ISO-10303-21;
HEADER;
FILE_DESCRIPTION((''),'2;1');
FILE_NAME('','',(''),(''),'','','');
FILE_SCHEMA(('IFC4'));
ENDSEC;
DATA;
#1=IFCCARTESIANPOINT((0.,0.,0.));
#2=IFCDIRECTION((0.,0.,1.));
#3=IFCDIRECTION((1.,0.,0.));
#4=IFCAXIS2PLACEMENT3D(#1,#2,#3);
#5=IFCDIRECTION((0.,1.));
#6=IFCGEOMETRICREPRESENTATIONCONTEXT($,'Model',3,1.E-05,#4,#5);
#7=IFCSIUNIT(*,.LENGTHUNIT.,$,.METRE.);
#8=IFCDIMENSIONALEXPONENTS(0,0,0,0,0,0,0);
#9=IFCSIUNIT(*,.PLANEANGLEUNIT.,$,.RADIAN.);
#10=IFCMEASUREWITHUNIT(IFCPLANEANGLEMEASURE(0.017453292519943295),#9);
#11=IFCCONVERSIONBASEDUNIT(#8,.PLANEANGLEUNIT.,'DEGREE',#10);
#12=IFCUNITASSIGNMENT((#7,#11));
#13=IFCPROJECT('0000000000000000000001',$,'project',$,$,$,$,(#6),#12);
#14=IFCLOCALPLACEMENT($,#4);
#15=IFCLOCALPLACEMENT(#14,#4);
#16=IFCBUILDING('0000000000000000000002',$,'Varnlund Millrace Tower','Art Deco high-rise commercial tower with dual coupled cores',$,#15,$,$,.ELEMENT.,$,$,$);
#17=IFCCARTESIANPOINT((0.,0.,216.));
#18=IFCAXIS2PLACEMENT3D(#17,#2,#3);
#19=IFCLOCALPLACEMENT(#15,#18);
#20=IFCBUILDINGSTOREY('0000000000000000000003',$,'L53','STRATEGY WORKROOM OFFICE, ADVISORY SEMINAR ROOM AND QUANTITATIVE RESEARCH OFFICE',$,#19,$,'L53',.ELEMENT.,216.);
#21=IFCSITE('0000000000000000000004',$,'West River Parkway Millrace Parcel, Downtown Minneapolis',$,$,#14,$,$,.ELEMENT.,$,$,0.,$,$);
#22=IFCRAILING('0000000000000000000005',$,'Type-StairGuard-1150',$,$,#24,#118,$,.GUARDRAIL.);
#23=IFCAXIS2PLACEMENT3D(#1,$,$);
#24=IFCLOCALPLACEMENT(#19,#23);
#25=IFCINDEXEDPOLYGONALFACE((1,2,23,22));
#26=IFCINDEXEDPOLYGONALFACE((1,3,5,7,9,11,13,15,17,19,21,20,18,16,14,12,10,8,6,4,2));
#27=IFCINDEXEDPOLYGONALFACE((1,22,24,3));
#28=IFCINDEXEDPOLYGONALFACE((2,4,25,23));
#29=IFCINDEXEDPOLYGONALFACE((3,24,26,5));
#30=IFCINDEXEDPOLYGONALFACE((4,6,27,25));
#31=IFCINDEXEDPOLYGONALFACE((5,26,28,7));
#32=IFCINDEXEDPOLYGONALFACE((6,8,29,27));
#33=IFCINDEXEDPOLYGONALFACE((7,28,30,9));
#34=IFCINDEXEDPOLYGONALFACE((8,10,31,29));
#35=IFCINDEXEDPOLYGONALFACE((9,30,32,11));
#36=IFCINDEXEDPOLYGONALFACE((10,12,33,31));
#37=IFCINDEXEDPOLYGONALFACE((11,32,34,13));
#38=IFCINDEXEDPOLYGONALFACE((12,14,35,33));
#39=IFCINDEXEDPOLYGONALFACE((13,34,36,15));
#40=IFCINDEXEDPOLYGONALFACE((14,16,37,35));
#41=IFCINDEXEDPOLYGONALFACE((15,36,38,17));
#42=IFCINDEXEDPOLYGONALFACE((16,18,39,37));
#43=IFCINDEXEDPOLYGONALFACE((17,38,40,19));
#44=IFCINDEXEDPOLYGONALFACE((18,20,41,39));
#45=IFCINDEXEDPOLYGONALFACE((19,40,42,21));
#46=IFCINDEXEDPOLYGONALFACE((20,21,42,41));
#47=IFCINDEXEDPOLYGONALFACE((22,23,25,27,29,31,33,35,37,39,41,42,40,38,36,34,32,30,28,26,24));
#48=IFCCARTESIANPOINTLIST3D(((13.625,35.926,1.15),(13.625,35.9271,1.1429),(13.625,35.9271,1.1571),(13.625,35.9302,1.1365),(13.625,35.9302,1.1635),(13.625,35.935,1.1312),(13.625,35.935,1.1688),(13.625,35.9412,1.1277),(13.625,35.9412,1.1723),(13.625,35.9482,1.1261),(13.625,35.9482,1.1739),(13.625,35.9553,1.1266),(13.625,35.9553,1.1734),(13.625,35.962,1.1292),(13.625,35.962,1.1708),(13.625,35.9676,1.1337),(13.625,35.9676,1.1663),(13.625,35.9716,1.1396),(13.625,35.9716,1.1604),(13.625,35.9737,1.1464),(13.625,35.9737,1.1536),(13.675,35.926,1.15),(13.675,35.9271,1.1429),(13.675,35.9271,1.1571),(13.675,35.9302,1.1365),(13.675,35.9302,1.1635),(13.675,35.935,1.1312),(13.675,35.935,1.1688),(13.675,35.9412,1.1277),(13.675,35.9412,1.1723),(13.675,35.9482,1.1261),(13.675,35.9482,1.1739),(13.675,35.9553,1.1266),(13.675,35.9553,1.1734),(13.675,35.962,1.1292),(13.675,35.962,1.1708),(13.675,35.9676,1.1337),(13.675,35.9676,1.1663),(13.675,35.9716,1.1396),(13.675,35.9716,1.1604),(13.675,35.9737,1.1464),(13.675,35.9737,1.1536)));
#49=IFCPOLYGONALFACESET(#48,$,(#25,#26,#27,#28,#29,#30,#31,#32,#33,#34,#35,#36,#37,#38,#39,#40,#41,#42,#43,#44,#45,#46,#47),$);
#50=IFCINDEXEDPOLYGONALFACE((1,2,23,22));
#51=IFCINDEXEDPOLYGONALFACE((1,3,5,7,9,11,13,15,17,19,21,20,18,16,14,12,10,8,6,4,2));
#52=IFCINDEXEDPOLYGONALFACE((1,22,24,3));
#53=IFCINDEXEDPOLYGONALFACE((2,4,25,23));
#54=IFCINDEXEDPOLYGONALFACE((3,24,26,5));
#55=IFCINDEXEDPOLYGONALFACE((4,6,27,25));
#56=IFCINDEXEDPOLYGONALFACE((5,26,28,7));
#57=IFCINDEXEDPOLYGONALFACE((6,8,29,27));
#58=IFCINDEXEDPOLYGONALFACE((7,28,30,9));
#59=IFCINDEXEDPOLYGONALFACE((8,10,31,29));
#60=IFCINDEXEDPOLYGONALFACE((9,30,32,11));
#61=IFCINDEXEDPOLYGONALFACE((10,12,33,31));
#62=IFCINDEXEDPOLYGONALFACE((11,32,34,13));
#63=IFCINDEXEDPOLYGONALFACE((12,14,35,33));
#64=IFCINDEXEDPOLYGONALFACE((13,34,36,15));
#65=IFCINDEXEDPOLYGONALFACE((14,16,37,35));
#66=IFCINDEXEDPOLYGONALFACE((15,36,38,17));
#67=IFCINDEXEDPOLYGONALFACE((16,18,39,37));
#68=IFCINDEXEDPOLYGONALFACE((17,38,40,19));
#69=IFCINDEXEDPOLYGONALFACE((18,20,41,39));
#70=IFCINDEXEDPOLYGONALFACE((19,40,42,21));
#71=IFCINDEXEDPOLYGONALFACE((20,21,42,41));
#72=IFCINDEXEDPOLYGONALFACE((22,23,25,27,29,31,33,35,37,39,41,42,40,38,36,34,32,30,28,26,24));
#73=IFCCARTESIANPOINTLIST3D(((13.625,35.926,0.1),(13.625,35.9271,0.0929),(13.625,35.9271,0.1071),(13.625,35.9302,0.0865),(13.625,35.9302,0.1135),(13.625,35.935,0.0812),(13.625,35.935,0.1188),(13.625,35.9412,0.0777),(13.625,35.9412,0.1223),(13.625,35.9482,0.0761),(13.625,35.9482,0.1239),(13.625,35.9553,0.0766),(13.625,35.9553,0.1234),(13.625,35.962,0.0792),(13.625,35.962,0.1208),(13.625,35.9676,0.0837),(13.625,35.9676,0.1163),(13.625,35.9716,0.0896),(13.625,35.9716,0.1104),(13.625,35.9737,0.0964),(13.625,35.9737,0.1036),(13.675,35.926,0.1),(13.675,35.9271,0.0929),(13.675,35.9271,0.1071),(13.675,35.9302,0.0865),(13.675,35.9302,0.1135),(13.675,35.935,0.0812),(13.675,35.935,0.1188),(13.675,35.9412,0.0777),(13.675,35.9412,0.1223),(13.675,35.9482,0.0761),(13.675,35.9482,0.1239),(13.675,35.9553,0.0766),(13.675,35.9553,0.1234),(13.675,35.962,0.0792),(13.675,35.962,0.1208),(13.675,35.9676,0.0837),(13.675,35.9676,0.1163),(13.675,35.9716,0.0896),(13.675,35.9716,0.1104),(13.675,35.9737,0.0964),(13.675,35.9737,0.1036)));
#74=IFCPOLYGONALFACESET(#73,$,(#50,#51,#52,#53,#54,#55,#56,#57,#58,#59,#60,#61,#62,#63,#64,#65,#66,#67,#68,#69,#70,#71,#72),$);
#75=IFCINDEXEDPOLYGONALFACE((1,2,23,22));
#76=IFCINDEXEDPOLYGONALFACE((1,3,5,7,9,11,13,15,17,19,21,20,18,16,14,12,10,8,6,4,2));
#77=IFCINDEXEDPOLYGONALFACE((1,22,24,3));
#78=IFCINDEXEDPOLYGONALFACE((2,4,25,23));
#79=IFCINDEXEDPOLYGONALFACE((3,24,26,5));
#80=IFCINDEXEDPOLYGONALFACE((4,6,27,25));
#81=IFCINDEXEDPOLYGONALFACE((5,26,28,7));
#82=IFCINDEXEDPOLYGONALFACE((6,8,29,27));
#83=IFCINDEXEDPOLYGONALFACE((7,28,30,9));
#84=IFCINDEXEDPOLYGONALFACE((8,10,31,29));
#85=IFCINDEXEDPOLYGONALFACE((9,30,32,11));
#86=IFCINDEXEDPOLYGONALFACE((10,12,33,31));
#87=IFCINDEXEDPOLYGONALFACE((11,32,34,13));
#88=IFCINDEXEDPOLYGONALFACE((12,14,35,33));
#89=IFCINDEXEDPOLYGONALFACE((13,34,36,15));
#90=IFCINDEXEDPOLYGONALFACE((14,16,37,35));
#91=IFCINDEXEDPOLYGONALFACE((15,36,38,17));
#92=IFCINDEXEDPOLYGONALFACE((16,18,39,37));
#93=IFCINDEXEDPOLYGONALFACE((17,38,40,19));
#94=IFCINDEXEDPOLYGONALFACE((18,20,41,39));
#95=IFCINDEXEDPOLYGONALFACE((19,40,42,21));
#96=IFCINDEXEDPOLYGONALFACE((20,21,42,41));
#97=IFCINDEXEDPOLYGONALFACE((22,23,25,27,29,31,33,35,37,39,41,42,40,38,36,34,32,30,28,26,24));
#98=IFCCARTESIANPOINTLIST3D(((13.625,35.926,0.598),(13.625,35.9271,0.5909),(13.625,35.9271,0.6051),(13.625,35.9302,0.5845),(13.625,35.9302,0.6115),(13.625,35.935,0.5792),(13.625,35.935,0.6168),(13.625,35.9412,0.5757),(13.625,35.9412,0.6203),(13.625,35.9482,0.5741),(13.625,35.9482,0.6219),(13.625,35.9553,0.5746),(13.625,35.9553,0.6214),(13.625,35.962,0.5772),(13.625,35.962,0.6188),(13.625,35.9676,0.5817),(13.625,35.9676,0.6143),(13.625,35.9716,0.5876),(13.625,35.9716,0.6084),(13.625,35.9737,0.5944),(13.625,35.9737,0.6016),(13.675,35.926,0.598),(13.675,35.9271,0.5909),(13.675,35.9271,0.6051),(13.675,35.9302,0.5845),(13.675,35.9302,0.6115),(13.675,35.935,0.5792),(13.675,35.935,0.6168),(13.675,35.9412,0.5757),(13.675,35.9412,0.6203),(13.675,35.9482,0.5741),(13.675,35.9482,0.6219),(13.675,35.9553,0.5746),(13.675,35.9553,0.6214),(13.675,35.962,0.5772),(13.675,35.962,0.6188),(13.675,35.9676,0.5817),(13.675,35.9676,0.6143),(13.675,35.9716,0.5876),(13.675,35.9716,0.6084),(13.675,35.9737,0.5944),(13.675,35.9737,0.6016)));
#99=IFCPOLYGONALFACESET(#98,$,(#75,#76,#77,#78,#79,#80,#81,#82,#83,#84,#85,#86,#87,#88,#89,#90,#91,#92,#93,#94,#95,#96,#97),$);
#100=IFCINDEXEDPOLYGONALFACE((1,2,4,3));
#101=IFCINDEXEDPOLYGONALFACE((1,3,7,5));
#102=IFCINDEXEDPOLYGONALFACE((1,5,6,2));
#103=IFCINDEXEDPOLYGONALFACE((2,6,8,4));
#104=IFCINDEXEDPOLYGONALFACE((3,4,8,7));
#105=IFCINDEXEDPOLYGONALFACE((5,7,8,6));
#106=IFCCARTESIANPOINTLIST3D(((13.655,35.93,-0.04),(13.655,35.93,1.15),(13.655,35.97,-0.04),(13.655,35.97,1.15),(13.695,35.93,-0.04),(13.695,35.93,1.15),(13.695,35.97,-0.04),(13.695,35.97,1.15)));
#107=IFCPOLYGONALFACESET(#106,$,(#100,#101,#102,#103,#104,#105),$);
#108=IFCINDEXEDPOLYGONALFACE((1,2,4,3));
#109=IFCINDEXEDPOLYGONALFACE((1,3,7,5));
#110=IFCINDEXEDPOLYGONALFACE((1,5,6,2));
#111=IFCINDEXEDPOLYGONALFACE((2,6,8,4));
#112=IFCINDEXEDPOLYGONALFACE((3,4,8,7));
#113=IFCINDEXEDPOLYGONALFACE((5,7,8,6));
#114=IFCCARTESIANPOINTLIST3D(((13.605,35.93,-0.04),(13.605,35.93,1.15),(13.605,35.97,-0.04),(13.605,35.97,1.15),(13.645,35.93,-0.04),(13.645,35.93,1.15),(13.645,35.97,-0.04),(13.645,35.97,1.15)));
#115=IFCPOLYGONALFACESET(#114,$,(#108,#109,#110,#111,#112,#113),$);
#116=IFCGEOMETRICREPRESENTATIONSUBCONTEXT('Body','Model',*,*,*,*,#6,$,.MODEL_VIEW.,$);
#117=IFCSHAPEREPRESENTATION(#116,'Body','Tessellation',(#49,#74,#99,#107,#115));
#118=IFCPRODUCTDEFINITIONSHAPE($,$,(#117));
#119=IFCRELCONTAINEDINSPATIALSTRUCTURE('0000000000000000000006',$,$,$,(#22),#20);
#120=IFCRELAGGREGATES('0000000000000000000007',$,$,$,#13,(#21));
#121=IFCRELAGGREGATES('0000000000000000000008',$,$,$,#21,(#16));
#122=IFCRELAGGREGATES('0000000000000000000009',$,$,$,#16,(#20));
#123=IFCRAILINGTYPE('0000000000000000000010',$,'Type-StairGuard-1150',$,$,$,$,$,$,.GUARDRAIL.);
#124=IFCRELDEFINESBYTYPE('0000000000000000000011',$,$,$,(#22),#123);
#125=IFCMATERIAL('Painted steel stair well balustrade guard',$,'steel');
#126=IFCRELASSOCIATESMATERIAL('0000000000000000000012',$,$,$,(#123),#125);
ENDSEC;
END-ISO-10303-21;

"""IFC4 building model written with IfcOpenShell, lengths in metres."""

from ifc_helpers import new_model, entity, si_unit, converted_unit, direction, frame, origin_with_axes, origin_2d_with_axis, place, context, subcontext, project, spatial, rectangle, circle, extrude, material, type_object, element, save


model = new_model("IFC4")

# Units and contexts
model_context = context("Model", 3, precision=1e-05, world=origin_with_axes(), true_north=direction((0.0, 1.0)))
body_context = subcontext(model_context, "Body", "Model", "MODEL_VIEW")
ifc_project = project(units=[si_unit("LENGTHUNIT", "METRE"), converted_unit("PLANEANGLEUNIT", "DEGREE", entity("IfcPlaneAngleMeasure", 0.017453292519943295), si_unit("PLANEANGLEUNIT", "RADIAN"), dimensions=[0, 0, 0, 0, 0, 0, 0])], contexts=[model_context])

# Site, building, storey
site_placement = place(None, origin_with_axes())
site = spatial("IfcSite", under=ifc_project, at=site_placement, Name="West River Parkway Millrace Parcel, Downtown Minneapolis", CompositionType="ELEMENT", RefElevation=0.0)
building_placement = place(site_placement, origin_with_axes())
building = spatial("IfcBuilding", under=site, at=building_placement, Name="Varnlund Millrace Tower", Description="Art Deco high-rise commercial tower with dual coupled cores", CompositionType="ELEMENT")
storey_placement = place(building_placement, frame((0.0, 0.0, 216.0), z_axis=(0.0, 0.0, 1.0), x_axis=(1.0, 0.0, 0.0)))
storey = spatial("IfcBuildingStorey", under=building, at=storey_placement, Name="L53", Description="STRATEGY WORKROOM OFFICE, ADVISORY SEMINAR ROOM AND QUANTITATIVE RESEARCH OFFICE", LongName="L53", CompositionType="ELEMENT", Elevation=216.0)

# Railing
ifc_material_1 = material(Name="Painted steel stair well balustrade guard", Category="steel")
railing_type_1 = type_object("IfcRailingType", Name="Type-StairGuard-1150", PredefinedType="GUARDRAIL", material=ifc_material_1)
railing_1_placement = place(storey_placement, frame((0.0, 0.0, -216.0), z_axis=(0.0, 0.0, 1.0), x_axis=(1.0, 0.0, 0.0)))
element("IfcRailing", 1, at=railing_1_placement, inside=storey, type_object=railing_type_1, Name="Type-StairGuard-1150", PredefinedType="GUARDRAIL", context=body_context, shape_type="SweptSolid", body=[
    extrude(circle(Radius=0.024, at=origin_2d_with_axis()), frame((13.675, 35.95, 217.15), z_axis=(-1.0, 0.0, 0.0), x_axis=(0.0, -1.0, 0.0)), (0.0, 0.0, 1.0), 0.05),
    extrude(circle(Radius=0.024, at=origin_2d_with_axis()), frame((13.675, 35.95, 216.1), z_axis=(-1.0, 0.0, 0.0), x_axis=(0.0, -1.0, 0.0)), (0.0, 0.0, 1.0), 0.05),
    extrude(circle(Radius=0.024, at=origin_2d_with_axis()), frame((13.675, 35.95, 216.598), z_axis=(-1.0, 0.0, 0.0), x_axis=(0.0, -1.0, 0.0)), (0.0, 0.0, 1.0), 0.05),
    extrude(rectangle(XDim=0.04, YDim=0.04, at=origin_2d_with_axis()), frame((13.675, 35.95, 215.96), z_axis=(0.0, 0.0, 1.0), x_axis=(1.0, 0.0, 0.0)), (0.0, 0.0, 1.0), 1.19),
    extrude(rectangle(XDim=0.04, YDim=0.04, at=origin_2d_with_axis()), frame((13.625, 35.95, 215.96), z_axis=(0.0, 0.0, 1.0), x_axis=(1.0, 0.0, 0.0)), (0.0, 0.0, 1.0), 1.19),
])

save(model, "model.ifc")
